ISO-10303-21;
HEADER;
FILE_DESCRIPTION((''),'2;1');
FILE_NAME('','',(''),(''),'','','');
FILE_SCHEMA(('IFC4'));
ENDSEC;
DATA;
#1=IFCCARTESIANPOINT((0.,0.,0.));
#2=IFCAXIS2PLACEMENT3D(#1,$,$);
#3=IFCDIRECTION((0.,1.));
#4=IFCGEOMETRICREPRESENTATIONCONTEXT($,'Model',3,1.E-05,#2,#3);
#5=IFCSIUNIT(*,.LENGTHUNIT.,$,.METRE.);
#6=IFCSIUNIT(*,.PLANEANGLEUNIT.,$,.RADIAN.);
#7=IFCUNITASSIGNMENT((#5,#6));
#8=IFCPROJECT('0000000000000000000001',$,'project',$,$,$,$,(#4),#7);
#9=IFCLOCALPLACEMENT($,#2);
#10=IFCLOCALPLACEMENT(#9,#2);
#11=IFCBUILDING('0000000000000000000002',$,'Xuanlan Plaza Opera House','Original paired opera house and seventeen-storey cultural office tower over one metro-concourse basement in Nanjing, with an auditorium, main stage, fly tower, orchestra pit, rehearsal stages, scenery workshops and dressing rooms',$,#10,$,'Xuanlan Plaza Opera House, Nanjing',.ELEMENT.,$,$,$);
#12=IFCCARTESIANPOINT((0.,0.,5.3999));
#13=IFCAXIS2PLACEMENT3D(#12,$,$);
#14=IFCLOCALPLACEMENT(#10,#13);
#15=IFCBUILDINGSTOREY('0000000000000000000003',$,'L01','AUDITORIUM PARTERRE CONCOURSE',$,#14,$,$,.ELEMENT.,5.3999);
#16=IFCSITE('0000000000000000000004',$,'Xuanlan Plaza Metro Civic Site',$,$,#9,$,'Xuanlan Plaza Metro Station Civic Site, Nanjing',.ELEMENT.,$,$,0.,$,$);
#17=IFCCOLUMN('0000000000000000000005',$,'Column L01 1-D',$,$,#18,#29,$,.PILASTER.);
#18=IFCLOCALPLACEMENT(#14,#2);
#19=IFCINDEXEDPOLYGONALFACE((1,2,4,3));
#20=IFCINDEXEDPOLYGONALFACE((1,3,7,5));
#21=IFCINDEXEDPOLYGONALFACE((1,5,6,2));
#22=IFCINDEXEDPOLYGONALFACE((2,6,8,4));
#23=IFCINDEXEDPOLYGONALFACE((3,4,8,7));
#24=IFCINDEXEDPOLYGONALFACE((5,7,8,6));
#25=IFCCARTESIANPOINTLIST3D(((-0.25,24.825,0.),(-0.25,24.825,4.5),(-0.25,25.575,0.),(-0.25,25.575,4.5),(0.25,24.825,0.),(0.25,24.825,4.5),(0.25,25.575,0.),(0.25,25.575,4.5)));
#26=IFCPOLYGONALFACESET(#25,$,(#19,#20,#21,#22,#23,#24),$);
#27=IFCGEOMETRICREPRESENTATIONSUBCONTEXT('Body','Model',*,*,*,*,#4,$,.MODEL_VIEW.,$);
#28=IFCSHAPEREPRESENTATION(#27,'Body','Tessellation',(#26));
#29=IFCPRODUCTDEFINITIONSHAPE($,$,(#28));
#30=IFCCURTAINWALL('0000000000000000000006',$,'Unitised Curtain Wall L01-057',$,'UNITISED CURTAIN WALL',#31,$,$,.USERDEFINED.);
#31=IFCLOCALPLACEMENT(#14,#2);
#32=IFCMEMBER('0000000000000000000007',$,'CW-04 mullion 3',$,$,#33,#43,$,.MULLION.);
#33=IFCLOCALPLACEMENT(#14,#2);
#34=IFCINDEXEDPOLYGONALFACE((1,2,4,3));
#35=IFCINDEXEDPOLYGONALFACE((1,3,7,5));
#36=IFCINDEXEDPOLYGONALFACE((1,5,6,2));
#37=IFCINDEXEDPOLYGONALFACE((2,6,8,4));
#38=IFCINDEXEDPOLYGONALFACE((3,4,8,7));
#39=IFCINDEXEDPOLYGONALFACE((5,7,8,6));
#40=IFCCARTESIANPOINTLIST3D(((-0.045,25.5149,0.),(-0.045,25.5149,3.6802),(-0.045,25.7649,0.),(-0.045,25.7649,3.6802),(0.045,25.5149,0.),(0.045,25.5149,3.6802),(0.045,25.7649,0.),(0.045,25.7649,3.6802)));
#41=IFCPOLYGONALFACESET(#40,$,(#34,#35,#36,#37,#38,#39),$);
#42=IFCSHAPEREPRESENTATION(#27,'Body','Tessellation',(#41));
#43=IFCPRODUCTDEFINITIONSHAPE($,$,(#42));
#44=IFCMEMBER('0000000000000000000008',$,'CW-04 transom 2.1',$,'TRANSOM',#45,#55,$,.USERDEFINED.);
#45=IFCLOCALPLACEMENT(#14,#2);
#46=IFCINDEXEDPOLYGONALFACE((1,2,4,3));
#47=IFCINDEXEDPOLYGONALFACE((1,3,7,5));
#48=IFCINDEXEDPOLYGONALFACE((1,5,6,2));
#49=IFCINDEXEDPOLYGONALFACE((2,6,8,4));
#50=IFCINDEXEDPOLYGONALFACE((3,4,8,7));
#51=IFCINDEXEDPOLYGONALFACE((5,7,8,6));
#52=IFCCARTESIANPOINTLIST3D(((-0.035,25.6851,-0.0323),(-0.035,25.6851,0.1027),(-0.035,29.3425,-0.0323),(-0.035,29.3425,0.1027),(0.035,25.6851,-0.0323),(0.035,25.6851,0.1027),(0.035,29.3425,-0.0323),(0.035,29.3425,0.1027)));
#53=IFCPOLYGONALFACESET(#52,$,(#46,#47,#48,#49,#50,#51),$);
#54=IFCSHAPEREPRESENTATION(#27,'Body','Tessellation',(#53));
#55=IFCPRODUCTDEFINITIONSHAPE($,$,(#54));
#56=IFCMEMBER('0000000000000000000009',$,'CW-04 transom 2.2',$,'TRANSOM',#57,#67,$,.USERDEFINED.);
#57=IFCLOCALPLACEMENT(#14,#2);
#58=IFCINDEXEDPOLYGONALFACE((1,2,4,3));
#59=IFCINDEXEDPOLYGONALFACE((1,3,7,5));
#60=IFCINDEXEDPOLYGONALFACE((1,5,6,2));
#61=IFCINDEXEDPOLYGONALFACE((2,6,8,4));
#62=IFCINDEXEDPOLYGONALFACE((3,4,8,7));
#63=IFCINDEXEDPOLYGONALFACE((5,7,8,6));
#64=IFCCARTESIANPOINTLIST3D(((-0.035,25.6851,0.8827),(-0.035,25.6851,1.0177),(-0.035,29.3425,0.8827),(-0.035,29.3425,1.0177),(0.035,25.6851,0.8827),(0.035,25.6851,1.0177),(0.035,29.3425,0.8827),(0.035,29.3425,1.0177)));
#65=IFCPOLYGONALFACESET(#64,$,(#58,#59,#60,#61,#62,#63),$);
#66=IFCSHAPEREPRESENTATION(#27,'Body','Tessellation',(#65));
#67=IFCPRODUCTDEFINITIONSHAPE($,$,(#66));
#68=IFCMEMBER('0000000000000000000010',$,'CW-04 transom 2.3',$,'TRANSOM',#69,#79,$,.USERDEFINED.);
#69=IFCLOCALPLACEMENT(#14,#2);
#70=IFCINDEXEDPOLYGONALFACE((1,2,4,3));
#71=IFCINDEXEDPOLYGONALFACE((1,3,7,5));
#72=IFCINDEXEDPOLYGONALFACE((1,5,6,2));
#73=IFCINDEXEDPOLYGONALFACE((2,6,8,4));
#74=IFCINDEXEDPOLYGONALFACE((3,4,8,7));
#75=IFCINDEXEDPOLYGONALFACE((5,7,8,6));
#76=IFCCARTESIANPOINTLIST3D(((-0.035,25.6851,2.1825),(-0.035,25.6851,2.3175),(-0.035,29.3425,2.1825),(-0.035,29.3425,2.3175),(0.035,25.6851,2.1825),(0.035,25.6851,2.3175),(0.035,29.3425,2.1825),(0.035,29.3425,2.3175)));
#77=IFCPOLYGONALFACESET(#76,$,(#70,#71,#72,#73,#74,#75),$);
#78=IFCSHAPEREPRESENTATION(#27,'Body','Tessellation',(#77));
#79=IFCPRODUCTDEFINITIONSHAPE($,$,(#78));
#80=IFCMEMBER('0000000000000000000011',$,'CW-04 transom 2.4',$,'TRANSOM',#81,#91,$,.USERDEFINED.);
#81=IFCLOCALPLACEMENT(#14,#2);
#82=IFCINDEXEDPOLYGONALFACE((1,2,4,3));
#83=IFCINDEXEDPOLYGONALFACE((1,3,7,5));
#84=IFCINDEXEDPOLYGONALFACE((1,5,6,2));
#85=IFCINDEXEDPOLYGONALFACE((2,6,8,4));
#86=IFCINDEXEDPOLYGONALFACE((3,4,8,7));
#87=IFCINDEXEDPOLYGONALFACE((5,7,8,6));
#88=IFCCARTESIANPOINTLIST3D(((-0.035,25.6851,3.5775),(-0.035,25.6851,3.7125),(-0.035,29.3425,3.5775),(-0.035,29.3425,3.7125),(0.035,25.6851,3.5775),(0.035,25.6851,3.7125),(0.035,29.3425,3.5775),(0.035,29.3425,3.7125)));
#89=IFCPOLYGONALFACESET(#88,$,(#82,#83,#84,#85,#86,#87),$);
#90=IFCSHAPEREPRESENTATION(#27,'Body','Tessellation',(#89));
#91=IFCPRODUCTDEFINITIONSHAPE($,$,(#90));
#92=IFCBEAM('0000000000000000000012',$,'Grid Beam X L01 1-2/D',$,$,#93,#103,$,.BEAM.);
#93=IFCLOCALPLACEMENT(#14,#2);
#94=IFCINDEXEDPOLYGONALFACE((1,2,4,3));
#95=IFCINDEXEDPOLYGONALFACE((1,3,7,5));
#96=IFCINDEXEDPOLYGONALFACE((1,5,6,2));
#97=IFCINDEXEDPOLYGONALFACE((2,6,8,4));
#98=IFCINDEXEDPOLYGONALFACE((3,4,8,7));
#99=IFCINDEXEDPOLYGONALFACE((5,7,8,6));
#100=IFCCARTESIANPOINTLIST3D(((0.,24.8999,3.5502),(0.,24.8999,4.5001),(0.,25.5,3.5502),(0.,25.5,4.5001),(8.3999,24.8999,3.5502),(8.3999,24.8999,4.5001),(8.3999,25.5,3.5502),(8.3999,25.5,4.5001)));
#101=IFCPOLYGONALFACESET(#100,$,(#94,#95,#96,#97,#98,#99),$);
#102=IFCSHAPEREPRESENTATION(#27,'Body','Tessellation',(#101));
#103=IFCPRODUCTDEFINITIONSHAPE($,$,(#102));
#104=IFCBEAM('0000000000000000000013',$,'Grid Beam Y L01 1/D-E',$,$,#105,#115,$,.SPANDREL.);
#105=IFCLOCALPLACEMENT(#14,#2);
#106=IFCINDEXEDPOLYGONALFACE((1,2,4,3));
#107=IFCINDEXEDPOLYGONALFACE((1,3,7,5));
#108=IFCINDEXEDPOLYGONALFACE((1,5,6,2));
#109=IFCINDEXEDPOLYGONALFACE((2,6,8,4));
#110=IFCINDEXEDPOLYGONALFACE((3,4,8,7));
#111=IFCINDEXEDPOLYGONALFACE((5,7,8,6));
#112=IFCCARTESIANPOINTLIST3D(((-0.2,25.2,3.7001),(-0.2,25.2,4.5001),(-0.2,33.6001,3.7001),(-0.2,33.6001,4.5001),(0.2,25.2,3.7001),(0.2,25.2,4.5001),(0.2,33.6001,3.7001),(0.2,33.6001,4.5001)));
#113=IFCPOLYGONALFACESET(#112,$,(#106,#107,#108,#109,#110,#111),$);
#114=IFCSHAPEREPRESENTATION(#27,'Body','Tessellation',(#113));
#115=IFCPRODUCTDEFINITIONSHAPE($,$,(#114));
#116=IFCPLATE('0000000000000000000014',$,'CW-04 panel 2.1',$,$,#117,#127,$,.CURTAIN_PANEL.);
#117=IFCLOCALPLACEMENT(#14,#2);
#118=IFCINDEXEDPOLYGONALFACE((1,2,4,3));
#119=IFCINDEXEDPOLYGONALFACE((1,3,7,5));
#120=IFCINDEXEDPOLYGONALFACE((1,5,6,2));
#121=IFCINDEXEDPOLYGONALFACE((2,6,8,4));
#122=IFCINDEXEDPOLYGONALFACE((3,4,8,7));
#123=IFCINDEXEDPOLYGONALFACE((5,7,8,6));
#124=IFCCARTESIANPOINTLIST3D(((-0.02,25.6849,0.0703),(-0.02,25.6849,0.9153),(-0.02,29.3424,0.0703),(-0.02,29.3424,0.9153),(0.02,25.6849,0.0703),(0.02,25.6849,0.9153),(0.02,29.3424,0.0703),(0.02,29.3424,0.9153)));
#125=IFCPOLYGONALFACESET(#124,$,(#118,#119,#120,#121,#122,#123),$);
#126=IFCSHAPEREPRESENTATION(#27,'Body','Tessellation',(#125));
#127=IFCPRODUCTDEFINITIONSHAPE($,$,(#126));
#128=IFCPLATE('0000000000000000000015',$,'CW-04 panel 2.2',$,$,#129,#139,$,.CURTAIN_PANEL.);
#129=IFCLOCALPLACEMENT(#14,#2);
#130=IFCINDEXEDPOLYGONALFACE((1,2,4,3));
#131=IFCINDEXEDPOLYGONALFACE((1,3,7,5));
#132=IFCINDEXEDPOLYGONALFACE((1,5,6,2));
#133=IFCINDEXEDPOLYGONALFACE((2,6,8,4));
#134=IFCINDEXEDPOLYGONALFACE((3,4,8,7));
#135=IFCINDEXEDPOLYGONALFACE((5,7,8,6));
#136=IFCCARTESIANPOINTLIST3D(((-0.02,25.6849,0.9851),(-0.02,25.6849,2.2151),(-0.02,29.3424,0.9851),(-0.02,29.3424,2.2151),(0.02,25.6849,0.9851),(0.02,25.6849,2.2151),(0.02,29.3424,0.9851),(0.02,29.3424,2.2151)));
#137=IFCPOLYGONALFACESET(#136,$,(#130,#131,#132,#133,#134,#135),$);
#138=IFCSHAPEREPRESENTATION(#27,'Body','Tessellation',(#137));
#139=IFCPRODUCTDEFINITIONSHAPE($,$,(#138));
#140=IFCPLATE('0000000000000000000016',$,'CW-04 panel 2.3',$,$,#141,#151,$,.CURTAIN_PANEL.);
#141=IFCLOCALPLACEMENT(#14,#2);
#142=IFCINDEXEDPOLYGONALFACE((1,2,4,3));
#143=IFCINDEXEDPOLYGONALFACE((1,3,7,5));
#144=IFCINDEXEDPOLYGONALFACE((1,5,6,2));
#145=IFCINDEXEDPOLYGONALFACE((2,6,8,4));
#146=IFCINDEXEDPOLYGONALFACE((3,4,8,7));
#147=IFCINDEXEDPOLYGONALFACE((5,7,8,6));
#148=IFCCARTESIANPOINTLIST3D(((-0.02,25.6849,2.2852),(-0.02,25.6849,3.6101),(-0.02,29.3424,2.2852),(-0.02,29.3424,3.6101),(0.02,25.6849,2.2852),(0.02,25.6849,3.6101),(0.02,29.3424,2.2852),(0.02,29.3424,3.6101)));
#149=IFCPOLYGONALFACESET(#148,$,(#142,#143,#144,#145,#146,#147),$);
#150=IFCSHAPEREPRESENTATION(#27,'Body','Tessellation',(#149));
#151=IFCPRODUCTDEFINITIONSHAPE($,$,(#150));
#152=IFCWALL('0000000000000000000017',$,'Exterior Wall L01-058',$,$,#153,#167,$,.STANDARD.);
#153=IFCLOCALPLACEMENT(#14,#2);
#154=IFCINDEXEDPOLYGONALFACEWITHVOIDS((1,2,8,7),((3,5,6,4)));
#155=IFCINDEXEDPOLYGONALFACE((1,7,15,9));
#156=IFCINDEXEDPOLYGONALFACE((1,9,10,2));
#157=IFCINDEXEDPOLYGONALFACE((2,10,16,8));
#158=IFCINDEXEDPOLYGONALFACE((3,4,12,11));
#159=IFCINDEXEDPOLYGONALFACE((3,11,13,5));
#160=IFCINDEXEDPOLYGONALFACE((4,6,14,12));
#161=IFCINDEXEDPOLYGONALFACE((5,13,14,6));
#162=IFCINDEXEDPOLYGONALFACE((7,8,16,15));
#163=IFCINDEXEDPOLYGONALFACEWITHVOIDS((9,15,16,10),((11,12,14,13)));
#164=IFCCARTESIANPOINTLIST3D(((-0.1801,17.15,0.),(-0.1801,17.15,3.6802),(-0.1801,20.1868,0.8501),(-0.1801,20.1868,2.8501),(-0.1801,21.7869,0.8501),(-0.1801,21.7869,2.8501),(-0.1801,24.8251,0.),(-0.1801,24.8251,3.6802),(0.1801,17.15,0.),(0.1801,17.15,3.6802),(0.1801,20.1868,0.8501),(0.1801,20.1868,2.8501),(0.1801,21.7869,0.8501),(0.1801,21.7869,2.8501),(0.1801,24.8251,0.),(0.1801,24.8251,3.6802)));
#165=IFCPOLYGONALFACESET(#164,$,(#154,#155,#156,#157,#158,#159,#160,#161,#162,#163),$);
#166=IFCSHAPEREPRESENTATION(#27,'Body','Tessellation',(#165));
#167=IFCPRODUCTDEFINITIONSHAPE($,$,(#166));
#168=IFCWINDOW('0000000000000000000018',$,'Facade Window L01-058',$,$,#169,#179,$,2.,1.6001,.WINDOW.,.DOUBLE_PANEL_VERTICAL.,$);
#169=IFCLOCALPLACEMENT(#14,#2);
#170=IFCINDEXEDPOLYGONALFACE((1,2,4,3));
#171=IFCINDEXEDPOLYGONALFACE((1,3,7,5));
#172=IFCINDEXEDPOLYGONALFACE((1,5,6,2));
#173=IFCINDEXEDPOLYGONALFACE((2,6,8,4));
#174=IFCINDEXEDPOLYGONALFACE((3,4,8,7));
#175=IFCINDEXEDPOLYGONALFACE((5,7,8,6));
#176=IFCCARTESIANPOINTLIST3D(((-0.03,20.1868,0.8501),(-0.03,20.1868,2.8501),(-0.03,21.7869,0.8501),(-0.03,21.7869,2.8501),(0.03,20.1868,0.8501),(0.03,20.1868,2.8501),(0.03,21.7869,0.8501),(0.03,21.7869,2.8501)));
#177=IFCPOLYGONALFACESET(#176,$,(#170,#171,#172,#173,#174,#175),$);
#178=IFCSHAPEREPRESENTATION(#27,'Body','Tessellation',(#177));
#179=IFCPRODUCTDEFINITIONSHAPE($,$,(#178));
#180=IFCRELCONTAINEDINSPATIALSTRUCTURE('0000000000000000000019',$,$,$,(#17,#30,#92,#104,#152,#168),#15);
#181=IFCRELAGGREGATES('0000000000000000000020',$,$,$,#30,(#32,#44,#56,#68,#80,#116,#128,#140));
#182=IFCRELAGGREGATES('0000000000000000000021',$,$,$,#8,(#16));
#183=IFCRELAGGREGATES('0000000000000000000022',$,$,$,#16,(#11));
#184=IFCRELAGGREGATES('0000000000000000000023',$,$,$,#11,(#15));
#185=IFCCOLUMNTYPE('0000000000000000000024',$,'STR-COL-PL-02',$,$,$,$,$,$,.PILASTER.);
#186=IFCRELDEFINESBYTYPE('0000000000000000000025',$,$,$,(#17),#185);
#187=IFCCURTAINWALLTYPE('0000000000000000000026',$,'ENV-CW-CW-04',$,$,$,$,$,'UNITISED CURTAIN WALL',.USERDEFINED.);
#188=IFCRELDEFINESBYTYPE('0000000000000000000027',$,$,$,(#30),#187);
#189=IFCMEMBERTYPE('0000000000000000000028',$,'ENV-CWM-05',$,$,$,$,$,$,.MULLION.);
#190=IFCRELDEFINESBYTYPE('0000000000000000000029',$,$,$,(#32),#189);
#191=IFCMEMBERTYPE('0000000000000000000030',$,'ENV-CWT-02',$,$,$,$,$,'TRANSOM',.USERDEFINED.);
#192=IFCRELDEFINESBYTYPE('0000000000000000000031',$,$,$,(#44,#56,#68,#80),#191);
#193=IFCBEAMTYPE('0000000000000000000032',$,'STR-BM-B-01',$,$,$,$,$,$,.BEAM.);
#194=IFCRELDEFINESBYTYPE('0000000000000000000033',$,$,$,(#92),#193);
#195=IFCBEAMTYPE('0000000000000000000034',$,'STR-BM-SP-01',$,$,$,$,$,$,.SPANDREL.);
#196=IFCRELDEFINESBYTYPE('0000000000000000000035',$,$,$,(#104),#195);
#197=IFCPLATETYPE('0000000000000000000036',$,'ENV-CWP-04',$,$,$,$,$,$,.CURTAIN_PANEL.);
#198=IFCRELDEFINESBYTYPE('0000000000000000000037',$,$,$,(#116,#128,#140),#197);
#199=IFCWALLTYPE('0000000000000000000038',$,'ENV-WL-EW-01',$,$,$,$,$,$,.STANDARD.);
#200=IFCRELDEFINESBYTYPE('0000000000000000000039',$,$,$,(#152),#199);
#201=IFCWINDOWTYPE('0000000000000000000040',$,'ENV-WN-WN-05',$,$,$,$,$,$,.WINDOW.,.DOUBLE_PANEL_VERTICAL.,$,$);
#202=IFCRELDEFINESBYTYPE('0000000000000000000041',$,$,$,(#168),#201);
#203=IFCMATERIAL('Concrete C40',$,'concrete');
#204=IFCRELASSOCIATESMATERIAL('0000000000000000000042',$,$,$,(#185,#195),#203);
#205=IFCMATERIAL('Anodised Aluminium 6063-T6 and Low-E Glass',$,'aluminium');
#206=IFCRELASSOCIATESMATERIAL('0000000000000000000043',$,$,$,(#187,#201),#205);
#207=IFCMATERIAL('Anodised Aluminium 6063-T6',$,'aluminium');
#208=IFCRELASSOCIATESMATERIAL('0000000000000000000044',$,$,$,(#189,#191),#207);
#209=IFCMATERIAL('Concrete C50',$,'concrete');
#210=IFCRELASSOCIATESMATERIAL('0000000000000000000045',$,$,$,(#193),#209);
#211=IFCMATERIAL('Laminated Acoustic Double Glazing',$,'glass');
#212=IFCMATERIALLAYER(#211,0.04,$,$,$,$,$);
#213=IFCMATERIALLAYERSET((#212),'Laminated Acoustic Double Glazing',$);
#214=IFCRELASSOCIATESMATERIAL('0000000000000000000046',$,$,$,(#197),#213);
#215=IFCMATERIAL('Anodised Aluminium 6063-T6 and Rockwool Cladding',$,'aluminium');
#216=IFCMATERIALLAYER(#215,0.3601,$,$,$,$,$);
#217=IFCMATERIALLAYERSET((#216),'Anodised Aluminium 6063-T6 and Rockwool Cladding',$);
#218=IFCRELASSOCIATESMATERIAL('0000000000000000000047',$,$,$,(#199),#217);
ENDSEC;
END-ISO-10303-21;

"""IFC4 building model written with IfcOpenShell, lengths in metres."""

from ifc_helpers import new_model, si_unit, direction, frame, frame_2d, origin, origin_2d, place, context, subcontext, project, spatial, rectangle, extrude, material, layer, layer_set, material_profile, profile_set, type_object, element, fill, aggregate, save


model = new_model("IFC4")

# Units and contexts
model_context = context("Model", 3, precision=1e-05, world=origin(), true_north=direction((0.0, 1.0)))
body_context = subcontext(model_context, "Body", "Model", "MODEL_VIEW")
ifc_project = project(units=[si_unit("LENGTHUNIT", "METRE"), si_unit("PLANEANGLEUNIT", "RADIAN")], contexts=[model_context])

# Site, building, storey
site_placement = place(None, origin())
site = spatial("IfcSite", under=ifc_project, at=site_placement, Name="Xuanlan Plaza Metro Civic Site", LongName="Xuanlan Plaza Metro Station Civic Site, Nanjing", CompositionType="ELEMENT", RefElevation=0.0)
building_placement = place(site_placement, origin())
building = spatial("IfcBuilding", under=site, at=building_placement, Name="Xuanlan Plaza Opera House", Description="Original paired opera house and seventeen-storey cultural office tower over one metro-concourse basement in Nanjing, with an auditorium, main stage, fly tower, orchestra pit, rehearsal stages, scenery workshops and dressing rooms", LongName="Xuanlan Plaza Opera House, Nanjing", CompositionType="ELEMENT")
storey_placement = place(building_placement, frame((0.0, 0.0, 5.3999)))
storey = spatial("IfcBuildingStorey", under=building, at=storey_placement, Name="L01", Description="AUDITORIUM PARTERRE CONCOURSE", CompositionType="ELEMENT", Elevation=5.3999)

# Column
ifc_material_1 = material(Name="Concrete C40", Category="concrete")
ifc_material_profile_1 = material_profile(ifc_material_1, rectangle(XDim=0.5, YDim=0.75, at=origin_2d()), Name="RC-PIL 500x750")
ifc_profile_set_1 = profile_set([ifc_material_profile_1], Name="Concrete C40")
column_type = type_object("IfcColumnType", Name="STR-COL-PL-02", PredefinedType="PILASTER", material=ifc_profile_set_1)
column_placement = place(storey_placement, frame((0.0, 25.2, 0.0), z_axis=(0.0, 0.0, 1.0), x_axis=(1.0, 0.0, 0.0)))
element("IfcColumn", 1, at=column_placement, inside=storey, type_object=column_type, Name="Column L01 1-D", PredefinedType="PILASTER", context=body_context, shape_type="SweptSolid", body=[
    extrude(rectangle(XDim=0.5, YDim=0.75, at=origin_2d()), origin(), (0.0, 0.0, 1.0), 4.5),
])

# Curtain wall, members
ifc_material_2 = material(Name="Anodised Aluminium 6063-T6 and Low-E Glass", Category="aluminium")
curtain_wall_type = type_object("IfcCurtainWallType", Name="ENV-CW-CW-04", ElementType="UNITISED CURTAIN WALL", PredefinedType="USERDEFINED", material=ifc_material_2)
curtain_wall_placement = place(storey_placement, origin())
curtain_wall = element("IfcCurtainWall", 2, at=curtain_wall_placement, inside=storey, type_object=curtain_wall_type, Name="Unitised Curtain Wall L01-057", ObjectType="UNITISED CURTAIN WALL", PredefinedType="USERDEFINED")
ifc_material_3 = material(Name="Anodised Aluminium 6063-T6", Category="aluminium")
ifc_material_profile_2 = material_profile(ifc_material_3, rectangle(XDim=0.0901, YDim=0.25, at=origin_2d()), Name="ALU-M 90x250")
ifc_profile_set_2 = profile_set([ifc_material_profile_2], Name="Anodised Aluminium 6063-T6")
member_type_1 = type_object("IfcMemberType", Name="ENV-CWM-05", PredefinedType="MULLION", material=ifc_profile_set_2)
member_1_placement = place(storey_placement, frame((0.0, 25.6399, 0.0), z_axis=(0.0, 0.0, 1.0), x_axis=(1.0, 0.0, 0.0)))
member_1 = element("IfcMember", 3, at=member_1_placement, type_object=member_type_1, Name="CW-04 mullion 3", PredefinedType="MULLION", context=body_context, shape_type="SweptSolid", body=[
    extrude(rectangle(XDim=0.0901, YDim=0.25, at=origin_2d()), origin(), (0.0, 0.0, 1.0), 3.6802),
])
ifc_material_profile_3 = material_profile(ifc_material_3, rectangle(XDim=0.0701, YDim=0.135, at=origin_2d()), Name="ALU-T 70x135")
ifc_profile_set_3 = profile_set([ifc_material_profile_3], Name="Anodised Aluminium 6063-T6")
member_type_2 = type_object("IfcMemberType", Name="ENV-CWT-02", ElementType="TRANSOM", PredefinedType="USERDEFINED", material=ifc_profile_set_3)
member_2_placement = place(storey_placement, frame((0.0, 29.3425, 0.0352), z_axis=(0.0, -1.0, 0.0), x_axis=(1.0, 0.0, 0.0)))
member_2 = element("IfcMember", 4, at=member_2_placement, type_object=member_type_2, Name="CW-04 transom 2.1", ObjectType="TRANSOM", PredefinedType="USERDEFINED", context=body_context, shape_type="SweptSolid", body=[
    extrude(rectangle(XDim=0.0701, YDim=0.135, at=origin_2d()), origin(), (0.0, 0.0, 1.0), 3.6575),
])
member_3_placement = place(storey_placement, frame((0.0, 29.3425, 0.9502), z_axis=(0.0, -1.0, 0.0), x_axis=(1.0, 0.0, 0.0)))
member_3 = element("IfcMember", 5, at=member_3_placement, type_object=member_type_2, Name="CW-04 transom 2.2", ObjectType="TRANSOM", PredefinedType="USERDEFINED", context=body_context, shape_type="SweptSolid", body=[
    extrude(rectangle(XDim=0.0701, YDim=0.135, at=origin_2d()), origin(), (0.0, 0.0, 1.0), 3.6575),
])
member_4_placement = place(storey_placement, frame((0.0, 29.3425, 2.25), z_axis=(0.0, -1.0, 0.0), x_axis=(1.0, 0.0, 0.0)))
member_4 = element("IfcMember", 6, at=member_4_placement, type_object=member_type_2, Name="CW-04 transom 2.3", ObjectType="TRANSOM", PredefinedType="USERDEFINED", context=body_context, shape_type="SweptSolid", body=[
    extrude(rectangle(XDim=0.0701, YDim=0.135, at=origin_2d()), origin(), (0.0, 0.0, 1.0), 3.6575),
])
member_5_placement = place(storey_placement, frame((0.0, 29.3425, 3.645), z_axis=(0.0, -1.0, 0.0), x_axis=(1.0, 0.0, 0.0)))
member_5 = element("IfcMember", 7, at=member_5_placement, type_object=member_type_2, Name="CW-04 transom 2.4", ObjectType="TRANSOM", PredefinedType="USERDEFINED", context=body_context, shape_type="SweptSolid", body=[
    extrude(rectangle(XDim=0.0701, YDim=0.135, at=origin_2d()), origin(), (0.0, 0.0, 1.0), 3.6575),
])

# Beams
ifc_material_4 = material(Name="Concrete C50", Category="concrete")
ifc_material_profile_4 = material_profile(ifc_material_4, rectangle(XDim=0.6001, YDim=0.95, at=origin_2d()), Name="RC-BM 600x950")
ifc_profile_set_4 = profile_set([ifc_material_profile_4], Name="Concrete C50")
beam_type_1 = type_object("IfcBeamType", Name="STR-BM-B-01", PredefinedType="BEAM", material=ifc_profile_set_4)
beam_1_placement = place(storey_placement, frame((0.0, 25.2, 4.0251), z_axis=(1.0, 0.0, 0.0), x_axis=(0.0, 1.0, 0.0)))
element("IfcBeam", 8, at=beam_1_placement, inside=storey, type_object=beam_type_1, Name="Grid Beam X L01 1-2/D", PredefinedType="BEAM", context=body_context, shape_type="SweptSolid", body=[
    extrude(rectangle(XDim=0.6001, YDim=0.95, at=origin_2d()), origin(), (0.0, 0.0, 1.0), 8.3999),
])
ifc_material_profile_5 = material_profile(ifc_material_1, rectangle(XDim=0.3999, YDim=0.8, at=origin_2d()), Name="RC-SPD 400x800")
ifc_profile_set_5 = profile_set([ifc_material_profile_5], Name="Concrete C40")
beam_type_2 = type_object("IfcBeamType", Name="STR-BM-SP-01", PredefinedType="SPANDREL", material=ifc_profile_set_5)
beam_2_placement = place(storey_placement, frame((0.0, 25.2, 4.1001), z_axis=(0.0, 1.0, 0.0), x_axis=(-1.0, 0.0, 0.0)))
element("IfcBeam", 9, at=beam_2_placement, inside=storey, type_object=beam_type_2, Name="Grid Beam Y L01 1/D-E", PredefinedType="SPANDREL", context=body_context, shape_type="SweptSolid", body=[
    extrude(rectangle(XDim=0.3999, YDim=0.8, at=origin_2d()), origin(), (0.0, 0.0, 1.0), 8.4001),
])

# Plates
ifc_material_5 = material(Name="Laminated Acoustic Double Glazing", Category="glass")
ifc_layer_1 = layer(ifc_material_5, 0.04)
ifc_layer_set_1 = layer_set([ifc_layer_1], Name="Laminated Acoustic Double Glazing")
plate_type = type_object("IfcPlateType", Name="ENV-CWP-04", PredefinedType="CURTAIN_PANEL", material=ifc_layer_set_1)
plate_1_placement = place(storey_placement, frame((0.0, 27.5137, 0.0703), z_axis=(0.0, 0.0, 1.0), x_axis=(0.0, -1.0, 0.0)))
plate_1 = element("IfcPlate", 10, at=plate_1_placement, type_object=plate_type, Name="CW-04 panel 2.1", PredefinedType="CURTAIN_PANEL", context=body_context, shape_type="SweptSolid", body=[
    extrude(rectangle(XDim=3.6575, YDim=0.04, at=origin_2d()), origin(), (0.0, 0.0, 1.0), 0.845),
])
plate_2_placement = place(storey_placement, frame((0.0, 27.5137, 0.9851), z_axis=(0.0, 0.0, 1.0), x_axis=(0.0, -1.0, 0.0)))
plate_2 = element("IfcPlate", 11, at=plate_2_placement, type_object=plate_type, Name="CW-04 panel 2.2", PredefinedType="CURTAIN_PANEL", context=body_context, shape_type="SweptSolid", body=[
    extrude(rectangle(XDim=3.6575, YDim=0.04, at=origin_2d()), origin(), (0.0, 0.0, 1.0), 1.23),
])
plate_3_placement = place(storey_placement, frame((0.0, 27.5137, 2.2852), z_axis=(0.0, 0.0, 1.0), x_axis=(0.0, -1.0, 0.0)))
plate_3 = element("IfcPlate", 12, at=plate_3_placement, type_object=plate_type, Name="CW-04 panel 2.3", PredefinedType="CURTAIN_PANEL", context=body_context, shape_type="SweptSolid", body=[
    extrude(rectangle(XDim=3.6575, YDim=0.04, at=origin_2d()), origin(), (0.0, 0.0, 1.0), 1.325),
])
aggregate(curtain_wall, [member_1, member_2, member_3, member_4, member_5, plate_1, plate_2, plate_3])

# Wall, opening, window
ifc_material_6 = material(Name="Anodised Aluminium 6063-T6 and Rockwool Cladding", Category="aluminium")
ifc_layer_2 = layer(ifc_material_6, 0.3601)
ifc_layer_set_2 = layer_set([ifc_layer_2], Name="Anodised Aluminium 6063-T6 and Rockwool Cladding")
wall_type_1 = type_object("IfcWallType", Name="ENV-WL-EW-01", PredefinedType="STANDARD", material=ifc_layer_set_2)
wall_1_placement = place(storey_placement, frame((0.0, 24.825, 0.0), z_axis=(0.0, 0.0, 1.0), x_axis=(0.0, -1.0, 0.0)))
wall_1 = element("IfcWall", 13, at=wall_1_placement, inside=storey, type_object=wall_type_1, Name="Exterior Wall L01-058", PredefinedType="STANDARD", context=body_context, shape_type="SweptSolid", body=[
    extrude(rectangle(XDim=7.675, YDim=0.3601, at=frame_2d((3.8374, 0.0))), origin(), (0.0, 0.0, 1.0), 3.6802),
])
opening_1_placement = place(wall_1_placement, frame((3.0381, 0.0, 0.8501)))
opening_1 = element("IfcOpeningElement", 14, at=opening_1_placement, cuts=wall_1, PredefinedType="OPENING", context=body_context, shape_type="SweptSolid", body=[
    extrude(rectangle(XDim=1.6001, YDim=2.0, at=frame_2d((0.8, 1.0))), frame((0.0, 0.1899, 0.0), z_axis=(0.0, -1.0, 0.0), x_axis=(1.0, 0.0, 0.0)), (0.0, 0.0, 1.0), 0.3801),
])
window_type = type_object("IfcWindowType", Name="ENV-WN-WN-05", PartitioningType="DOUBLE_PANEL_VERTICAL", PredefinedType="WINDOW", material=ifc_material_2)
window_placement = place(opening_1_placement, origin())
window = element("IfcWindow", 15, at=window_placement, inside=storey, type_object=window_type, Name="Facade Window L01-058", OverallHeight=2.0, OverallWidth=1.6001, PartitioningType="DOUBLE_PANEL_VERTICAL", PredefinedType="WINDOW", context=body_context, shape_type="SweptSolid", body=[
    extrude(rectangle(XDim=1.6001, YDim=2.0, at=frame_2d((0.8, 1.0))), frame((0.0, 0.03, 0.0), z_axis=(0.0, -1.0, 0.0), x_axis=(1.0, 0.0, 0.0)), (0.0, 0.0, 1.0), 0.0601),
])
fill(opening_1, window)

save(model, "model.ifc")
